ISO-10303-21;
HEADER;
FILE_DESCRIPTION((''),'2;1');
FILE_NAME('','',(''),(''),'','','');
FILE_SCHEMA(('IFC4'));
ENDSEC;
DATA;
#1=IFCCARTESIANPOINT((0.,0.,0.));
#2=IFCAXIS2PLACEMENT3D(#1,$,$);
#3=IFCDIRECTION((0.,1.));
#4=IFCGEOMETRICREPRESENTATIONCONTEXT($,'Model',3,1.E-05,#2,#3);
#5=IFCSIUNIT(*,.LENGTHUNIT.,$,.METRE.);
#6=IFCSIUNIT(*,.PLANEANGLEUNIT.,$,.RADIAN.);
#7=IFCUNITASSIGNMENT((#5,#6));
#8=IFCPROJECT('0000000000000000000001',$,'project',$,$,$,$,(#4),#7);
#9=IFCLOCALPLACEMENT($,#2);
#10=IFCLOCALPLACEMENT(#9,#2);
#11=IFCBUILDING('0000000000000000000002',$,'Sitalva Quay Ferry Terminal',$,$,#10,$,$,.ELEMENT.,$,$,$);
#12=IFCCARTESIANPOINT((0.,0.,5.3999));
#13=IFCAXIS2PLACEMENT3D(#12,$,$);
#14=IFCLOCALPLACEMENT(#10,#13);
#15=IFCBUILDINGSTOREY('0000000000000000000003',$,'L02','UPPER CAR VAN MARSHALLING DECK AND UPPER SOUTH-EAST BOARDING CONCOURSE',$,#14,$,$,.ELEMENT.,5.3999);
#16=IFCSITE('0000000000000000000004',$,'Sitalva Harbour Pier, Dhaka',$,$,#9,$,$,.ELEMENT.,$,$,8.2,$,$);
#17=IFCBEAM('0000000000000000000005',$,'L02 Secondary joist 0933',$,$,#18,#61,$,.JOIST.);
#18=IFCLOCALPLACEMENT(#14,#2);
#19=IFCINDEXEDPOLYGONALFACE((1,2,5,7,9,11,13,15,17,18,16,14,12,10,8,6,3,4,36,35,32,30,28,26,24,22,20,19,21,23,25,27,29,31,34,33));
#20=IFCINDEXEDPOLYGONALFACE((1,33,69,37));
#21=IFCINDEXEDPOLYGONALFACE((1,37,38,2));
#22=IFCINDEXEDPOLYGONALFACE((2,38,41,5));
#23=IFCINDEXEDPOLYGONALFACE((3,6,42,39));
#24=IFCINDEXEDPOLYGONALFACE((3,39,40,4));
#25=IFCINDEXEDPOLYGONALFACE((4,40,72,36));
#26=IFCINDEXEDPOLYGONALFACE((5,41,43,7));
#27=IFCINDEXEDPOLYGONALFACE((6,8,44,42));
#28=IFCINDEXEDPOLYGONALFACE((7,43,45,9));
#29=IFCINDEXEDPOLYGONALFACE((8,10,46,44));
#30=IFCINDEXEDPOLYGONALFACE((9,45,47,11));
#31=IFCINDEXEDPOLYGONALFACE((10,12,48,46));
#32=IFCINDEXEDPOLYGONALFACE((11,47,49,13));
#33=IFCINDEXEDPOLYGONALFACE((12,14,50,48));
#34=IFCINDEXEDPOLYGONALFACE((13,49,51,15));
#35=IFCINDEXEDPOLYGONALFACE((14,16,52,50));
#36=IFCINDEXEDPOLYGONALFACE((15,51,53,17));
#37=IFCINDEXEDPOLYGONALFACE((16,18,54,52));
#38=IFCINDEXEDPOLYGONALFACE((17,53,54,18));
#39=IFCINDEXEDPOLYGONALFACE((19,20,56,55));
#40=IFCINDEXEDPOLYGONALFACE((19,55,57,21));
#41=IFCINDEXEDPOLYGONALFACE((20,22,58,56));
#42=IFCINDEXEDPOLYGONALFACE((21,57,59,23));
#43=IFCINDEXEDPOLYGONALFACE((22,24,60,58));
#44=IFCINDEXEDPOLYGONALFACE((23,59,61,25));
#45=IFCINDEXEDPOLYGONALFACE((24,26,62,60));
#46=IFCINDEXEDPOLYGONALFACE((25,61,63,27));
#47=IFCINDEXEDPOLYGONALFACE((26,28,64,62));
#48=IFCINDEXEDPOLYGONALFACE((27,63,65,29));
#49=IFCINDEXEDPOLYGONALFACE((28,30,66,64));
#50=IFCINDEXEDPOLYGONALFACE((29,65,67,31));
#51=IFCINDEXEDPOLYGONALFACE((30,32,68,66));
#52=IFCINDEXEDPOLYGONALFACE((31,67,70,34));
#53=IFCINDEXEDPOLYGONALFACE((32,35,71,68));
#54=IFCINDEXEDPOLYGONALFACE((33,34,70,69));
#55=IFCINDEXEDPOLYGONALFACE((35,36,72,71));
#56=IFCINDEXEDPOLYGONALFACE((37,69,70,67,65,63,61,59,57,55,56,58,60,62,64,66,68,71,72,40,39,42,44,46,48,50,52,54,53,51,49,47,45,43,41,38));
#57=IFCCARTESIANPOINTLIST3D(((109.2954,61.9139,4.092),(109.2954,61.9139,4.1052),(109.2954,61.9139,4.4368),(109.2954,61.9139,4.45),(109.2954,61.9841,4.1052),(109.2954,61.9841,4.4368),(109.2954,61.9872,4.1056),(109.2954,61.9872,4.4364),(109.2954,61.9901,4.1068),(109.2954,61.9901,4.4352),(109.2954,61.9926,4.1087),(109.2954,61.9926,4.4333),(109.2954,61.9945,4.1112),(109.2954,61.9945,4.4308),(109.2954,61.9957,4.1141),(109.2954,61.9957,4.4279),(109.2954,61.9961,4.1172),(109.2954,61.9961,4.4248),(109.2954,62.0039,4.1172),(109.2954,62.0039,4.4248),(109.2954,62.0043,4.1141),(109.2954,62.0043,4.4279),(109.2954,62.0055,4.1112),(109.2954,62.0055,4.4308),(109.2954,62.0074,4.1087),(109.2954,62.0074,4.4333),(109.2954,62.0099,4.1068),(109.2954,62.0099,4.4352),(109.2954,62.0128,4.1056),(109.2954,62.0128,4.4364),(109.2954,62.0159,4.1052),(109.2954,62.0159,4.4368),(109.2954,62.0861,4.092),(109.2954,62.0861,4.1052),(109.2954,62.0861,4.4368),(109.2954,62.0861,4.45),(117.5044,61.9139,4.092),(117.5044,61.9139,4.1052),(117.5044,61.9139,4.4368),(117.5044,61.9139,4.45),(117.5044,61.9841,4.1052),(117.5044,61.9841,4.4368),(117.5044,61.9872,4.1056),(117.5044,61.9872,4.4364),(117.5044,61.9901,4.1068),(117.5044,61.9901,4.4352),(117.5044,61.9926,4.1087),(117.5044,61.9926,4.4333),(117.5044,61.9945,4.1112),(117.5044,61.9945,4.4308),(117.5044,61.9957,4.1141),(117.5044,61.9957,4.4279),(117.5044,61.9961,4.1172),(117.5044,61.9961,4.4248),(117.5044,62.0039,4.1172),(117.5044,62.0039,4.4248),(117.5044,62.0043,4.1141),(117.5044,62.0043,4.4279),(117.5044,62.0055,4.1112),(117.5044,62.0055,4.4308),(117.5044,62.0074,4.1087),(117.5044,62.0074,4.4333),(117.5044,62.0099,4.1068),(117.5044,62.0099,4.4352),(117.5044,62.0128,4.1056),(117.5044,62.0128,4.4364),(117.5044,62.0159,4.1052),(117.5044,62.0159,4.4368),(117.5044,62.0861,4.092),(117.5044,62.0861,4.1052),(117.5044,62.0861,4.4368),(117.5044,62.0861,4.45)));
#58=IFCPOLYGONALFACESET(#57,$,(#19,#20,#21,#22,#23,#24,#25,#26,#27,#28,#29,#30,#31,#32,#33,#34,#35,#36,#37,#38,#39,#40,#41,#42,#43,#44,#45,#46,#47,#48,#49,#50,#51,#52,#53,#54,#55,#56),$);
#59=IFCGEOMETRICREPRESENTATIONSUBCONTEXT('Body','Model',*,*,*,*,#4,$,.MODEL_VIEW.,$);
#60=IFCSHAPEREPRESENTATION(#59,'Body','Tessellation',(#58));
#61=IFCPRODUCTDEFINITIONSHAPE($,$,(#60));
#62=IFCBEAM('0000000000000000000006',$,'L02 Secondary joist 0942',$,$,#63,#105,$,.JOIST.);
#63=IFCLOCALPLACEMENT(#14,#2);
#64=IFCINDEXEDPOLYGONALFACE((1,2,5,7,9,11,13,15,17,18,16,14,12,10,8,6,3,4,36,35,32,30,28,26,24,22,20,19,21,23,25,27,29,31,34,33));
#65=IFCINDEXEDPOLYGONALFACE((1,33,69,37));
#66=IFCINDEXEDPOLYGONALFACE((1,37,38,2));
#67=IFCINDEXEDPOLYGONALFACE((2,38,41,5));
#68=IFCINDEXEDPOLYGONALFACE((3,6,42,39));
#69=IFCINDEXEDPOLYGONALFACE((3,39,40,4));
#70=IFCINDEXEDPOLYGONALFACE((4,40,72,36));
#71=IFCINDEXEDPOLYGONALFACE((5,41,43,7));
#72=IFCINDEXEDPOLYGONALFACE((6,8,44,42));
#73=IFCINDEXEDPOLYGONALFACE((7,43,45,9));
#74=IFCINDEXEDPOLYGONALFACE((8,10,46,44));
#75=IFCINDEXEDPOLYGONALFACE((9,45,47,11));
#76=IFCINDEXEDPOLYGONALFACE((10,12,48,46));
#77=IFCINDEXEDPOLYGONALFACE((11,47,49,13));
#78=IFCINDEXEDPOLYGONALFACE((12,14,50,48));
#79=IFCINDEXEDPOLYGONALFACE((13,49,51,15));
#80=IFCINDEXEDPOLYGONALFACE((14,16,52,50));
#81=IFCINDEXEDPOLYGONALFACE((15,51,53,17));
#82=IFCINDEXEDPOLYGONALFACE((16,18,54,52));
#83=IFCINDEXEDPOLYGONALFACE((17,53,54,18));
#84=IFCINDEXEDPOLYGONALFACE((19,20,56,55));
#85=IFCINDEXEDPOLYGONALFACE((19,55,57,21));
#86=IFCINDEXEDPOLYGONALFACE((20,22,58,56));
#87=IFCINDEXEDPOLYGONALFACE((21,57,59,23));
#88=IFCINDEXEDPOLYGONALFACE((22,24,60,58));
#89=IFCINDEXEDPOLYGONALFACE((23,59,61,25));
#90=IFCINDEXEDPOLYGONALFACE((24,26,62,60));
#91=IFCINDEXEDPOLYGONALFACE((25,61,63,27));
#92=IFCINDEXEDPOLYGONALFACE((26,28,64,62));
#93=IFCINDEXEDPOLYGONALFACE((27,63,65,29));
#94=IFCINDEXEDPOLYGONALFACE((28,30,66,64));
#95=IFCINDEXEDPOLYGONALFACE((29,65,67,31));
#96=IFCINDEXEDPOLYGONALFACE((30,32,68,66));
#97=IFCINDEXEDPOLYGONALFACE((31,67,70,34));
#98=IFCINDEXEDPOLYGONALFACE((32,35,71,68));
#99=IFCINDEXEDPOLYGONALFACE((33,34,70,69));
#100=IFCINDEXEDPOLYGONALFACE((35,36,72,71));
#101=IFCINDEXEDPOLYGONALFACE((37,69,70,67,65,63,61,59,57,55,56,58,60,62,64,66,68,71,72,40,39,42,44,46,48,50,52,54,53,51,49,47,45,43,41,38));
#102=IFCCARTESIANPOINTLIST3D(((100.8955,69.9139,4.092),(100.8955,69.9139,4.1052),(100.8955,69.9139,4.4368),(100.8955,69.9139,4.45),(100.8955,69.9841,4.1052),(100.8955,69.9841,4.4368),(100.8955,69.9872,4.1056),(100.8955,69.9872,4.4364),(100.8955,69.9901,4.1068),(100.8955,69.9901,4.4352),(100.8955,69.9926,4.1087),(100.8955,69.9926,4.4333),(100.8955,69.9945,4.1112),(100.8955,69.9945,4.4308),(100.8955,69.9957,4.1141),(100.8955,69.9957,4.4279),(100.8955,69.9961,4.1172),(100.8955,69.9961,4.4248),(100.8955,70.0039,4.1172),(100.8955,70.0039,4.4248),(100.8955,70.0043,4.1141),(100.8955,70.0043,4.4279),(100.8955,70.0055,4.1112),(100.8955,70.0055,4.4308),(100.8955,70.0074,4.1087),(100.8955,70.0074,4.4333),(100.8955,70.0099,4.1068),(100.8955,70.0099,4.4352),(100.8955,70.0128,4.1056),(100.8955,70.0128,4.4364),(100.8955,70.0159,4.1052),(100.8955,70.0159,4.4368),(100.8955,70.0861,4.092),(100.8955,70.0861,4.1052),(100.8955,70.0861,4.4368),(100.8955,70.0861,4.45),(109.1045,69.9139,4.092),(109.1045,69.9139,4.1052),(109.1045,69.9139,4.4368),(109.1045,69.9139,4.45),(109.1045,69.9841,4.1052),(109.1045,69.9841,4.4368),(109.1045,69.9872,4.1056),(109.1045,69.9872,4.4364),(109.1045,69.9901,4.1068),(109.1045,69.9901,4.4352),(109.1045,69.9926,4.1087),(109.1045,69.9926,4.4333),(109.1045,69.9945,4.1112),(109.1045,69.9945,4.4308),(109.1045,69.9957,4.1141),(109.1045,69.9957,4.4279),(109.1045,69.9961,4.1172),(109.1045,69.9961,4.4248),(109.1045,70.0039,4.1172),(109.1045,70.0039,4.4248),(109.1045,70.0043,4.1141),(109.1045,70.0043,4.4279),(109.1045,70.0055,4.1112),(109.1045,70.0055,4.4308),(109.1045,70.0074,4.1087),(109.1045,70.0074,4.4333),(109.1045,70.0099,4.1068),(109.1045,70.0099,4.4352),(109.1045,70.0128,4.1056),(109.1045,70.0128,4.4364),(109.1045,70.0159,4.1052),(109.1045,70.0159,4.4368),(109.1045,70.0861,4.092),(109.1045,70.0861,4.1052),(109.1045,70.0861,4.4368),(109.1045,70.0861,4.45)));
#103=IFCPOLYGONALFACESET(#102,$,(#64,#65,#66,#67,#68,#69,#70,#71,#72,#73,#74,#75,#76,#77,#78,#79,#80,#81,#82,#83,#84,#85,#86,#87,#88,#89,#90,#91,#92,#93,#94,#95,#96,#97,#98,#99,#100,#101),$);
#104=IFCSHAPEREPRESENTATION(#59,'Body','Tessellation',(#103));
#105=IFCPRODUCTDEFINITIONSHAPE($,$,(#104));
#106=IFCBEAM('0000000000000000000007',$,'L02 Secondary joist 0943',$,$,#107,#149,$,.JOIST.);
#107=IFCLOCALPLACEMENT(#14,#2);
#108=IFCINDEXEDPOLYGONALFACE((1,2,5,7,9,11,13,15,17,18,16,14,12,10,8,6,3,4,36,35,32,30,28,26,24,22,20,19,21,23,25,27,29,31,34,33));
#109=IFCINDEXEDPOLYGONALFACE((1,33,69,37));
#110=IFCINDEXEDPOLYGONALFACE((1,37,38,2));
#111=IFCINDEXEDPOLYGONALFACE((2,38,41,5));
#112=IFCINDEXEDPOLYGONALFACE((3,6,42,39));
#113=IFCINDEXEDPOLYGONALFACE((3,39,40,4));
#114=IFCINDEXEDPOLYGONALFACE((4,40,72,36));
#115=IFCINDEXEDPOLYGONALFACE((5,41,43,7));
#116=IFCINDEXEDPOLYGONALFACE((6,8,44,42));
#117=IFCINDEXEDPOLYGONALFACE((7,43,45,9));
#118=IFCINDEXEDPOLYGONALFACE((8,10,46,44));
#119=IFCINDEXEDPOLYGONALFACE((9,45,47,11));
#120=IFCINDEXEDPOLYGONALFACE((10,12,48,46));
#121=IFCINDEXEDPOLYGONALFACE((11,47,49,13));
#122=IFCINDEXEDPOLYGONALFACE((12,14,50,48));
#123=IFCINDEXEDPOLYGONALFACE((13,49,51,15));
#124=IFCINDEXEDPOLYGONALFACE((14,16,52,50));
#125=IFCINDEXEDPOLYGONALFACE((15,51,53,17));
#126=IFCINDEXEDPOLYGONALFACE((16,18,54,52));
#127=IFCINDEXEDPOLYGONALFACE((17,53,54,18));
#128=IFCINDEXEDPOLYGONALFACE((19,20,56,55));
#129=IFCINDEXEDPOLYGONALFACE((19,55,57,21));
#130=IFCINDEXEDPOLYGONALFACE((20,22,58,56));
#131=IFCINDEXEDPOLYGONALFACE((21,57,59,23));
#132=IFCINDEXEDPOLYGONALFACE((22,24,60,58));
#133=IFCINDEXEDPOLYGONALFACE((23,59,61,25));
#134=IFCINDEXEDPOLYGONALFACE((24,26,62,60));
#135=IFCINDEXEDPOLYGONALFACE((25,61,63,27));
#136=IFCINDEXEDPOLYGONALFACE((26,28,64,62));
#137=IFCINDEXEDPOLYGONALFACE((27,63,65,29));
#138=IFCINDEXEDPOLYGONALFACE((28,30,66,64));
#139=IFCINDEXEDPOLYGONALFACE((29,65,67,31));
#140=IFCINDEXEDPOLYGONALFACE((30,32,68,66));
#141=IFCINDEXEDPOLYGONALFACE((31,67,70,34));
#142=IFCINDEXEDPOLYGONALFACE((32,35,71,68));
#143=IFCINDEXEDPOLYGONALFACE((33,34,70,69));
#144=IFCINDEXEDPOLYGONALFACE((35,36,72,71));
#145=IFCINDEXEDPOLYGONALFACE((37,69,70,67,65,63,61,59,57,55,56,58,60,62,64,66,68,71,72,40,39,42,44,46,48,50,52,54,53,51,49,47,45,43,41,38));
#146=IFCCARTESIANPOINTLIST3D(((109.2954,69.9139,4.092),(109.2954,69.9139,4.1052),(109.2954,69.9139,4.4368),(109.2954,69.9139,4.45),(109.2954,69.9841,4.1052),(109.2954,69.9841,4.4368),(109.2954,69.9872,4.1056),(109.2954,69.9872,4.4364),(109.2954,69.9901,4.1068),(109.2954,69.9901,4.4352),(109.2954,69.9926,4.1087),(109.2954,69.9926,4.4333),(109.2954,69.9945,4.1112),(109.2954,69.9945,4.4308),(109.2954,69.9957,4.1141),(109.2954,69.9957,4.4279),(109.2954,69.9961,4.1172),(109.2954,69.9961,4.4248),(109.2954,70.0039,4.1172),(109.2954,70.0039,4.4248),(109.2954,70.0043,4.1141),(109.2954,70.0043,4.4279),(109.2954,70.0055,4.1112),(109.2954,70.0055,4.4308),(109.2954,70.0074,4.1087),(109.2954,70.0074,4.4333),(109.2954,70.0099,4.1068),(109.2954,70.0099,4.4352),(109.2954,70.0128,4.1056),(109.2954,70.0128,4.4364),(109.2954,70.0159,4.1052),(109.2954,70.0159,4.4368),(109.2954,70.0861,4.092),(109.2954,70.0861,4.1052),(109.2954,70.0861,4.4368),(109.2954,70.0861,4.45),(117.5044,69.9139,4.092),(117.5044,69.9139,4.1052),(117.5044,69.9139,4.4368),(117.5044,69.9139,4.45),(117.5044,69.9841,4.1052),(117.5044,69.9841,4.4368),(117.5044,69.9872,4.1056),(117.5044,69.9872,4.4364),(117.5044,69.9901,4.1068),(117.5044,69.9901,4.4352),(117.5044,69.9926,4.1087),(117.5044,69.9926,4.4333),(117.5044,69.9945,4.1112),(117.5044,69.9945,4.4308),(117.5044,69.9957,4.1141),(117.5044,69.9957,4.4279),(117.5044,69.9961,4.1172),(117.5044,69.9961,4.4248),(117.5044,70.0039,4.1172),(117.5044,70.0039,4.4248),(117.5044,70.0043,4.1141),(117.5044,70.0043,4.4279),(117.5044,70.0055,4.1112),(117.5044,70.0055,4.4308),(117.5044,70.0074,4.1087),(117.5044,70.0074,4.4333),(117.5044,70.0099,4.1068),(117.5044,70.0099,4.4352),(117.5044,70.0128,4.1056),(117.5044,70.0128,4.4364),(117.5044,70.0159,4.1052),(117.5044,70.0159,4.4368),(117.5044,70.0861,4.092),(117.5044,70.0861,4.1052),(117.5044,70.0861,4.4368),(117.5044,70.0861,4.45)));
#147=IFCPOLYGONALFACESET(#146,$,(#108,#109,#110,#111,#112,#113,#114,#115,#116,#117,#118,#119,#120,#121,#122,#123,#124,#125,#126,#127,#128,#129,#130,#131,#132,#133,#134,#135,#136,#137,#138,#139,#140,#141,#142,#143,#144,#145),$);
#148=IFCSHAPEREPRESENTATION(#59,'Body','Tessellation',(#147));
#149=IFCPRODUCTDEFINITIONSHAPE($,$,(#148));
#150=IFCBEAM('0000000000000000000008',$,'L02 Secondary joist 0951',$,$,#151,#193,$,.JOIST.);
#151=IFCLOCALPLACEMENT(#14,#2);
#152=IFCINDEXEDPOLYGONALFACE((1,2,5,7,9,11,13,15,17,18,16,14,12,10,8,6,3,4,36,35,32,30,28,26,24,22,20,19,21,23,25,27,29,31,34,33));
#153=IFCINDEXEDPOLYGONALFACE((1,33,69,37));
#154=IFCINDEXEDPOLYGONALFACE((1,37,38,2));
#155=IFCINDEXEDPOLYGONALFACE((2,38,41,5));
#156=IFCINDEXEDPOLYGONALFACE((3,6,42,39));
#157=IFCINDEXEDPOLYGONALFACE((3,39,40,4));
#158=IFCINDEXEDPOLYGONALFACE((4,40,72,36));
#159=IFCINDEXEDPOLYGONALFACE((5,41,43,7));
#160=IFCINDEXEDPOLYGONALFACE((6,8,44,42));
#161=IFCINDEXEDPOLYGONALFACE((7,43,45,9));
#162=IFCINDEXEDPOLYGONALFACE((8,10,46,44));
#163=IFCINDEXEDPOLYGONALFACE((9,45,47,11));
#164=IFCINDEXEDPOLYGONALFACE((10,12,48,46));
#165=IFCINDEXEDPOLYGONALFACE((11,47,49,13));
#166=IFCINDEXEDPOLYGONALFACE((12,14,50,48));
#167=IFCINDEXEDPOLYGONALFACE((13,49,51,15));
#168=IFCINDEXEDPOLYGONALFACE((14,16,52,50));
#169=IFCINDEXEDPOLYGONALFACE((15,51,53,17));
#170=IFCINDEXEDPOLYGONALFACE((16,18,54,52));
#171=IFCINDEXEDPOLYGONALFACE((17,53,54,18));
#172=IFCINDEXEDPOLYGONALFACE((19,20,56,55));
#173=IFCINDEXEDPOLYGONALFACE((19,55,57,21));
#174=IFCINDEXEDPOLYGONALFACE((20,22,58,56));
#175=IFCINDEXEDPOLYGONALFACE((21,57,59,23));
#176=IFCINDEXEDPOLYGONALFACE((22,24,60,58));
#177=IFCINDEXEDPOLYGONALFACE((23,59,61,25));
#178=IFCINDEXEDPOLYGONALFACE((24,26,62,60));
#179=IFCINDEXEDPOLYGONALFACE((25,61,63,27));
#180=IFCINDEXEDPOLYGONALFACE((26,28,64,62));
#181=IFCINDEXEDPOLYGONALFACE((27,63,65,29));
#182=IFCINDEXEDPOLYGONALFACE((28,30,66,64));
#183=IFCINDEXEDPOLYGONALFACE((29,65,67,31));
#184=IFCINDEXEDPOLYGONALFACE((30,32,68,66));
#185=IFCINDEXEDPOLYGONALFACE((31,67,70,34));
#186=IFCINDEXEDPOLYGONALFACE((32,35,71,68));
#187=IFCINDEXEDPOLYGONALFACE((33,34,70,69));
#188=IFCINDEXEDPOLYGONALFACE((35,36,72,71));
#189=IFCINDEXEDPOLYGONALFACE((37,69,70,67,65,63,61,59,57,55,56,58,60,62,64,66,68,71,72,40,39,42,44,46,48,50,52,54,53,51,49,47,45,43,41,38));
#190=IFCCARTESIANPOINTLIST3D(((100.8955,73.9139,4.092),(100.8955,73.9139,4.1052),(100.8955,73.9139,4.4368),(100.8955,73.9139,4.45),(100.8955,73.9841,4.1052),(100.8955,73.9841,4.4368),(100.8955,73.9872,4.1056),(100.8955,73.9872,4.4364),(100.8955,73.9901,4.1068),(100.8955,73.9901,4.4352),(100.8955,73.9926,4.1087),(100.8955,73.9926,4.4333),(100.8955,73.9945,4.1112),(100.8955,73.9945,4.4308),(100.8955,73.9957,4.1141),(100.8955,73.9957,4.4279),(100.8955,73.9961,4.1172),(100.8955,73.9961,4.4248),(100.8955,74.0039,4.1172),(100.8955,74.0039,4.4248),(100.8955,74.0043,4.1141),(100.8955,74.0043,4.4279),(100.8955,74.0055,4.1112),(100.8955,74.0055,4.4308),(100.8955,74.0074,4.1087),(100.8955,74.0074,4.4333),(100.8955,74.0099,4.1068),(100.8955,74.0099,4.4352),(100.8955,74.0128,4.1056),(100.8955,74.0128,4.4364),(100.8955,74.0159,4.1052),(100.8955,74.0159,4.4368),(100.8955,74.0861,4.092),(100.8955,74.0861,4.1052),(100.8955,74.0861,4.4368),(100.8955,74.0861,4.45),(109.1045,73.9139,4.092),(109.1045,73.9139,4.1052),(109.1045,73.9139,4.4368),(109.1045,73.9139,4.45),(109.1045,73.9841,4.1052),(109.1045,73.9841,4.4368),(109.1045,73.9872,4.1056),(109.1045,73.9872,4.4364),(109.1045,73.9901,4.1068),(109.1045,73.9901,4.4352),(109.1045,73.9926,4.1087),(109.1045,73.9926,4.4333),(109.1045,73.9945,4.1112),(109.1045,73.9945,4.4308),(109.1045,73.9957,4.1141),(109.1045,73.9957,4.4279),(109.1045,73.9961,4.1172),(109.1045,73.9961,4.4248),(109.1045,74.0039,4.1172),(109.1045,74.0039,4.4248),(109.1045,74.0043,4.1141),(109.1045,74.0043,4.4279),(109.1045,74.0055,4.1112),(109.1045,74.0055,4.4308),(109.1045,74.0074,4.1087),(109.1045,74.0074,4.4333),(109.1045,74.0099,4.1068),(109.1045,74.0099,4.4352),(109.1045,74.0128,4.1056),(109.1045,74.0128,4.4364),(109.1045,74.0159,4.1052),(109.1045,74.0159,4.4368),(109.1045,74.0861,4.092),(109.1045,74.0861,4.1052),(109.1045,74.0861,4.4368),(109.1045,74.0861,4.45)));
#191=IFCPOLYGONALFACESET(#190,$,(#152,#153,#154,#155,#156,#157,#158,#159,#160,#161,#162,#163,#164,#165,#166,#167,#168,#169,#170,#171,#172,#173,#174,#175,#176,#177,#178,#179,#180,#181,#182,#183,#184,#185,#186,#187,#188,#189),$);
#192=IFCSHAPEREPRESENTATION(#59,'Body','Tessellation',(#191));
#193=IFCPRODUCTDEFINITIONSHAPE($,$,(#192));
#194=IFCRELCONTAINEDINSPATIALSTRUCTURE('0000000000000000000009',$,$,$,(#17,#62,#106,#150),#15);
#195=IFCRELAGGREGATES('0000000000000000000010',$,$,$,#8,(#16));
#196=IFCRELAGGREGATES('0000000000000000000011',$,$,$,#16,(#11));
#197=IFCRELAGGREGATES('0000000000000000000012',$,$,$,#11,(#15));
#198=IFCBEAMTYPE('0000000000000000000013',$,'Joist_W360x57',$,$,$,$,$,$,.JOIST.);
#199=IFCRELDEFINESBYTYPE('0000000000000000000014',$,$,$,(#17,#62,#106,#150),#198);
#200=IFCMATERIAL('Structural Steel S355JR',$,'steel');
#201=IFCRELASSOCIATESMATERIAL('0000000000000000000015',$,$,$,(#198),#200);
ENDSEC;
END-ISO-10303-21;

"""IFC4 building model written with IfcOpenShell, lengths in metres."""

from ifc_helpers import new_model, si_unit, direction, frame, origin, origin_2d, place, context, subcontext, project, spatial, i_section, extrude, material, material_profile, profile_set, type_object, element, save


model = new_model("IFC4")

# Units and contexts
model_context = context("Model", 3, precision=1e-05, world=origin(), true_north=direction((0.0, 1.0)))
body_context = subcontext(model_context, "Body", "Model", "MODEL_VIEW")
ifc_project = project(units=[si_unit("LENGTHUNIT", "METRE"), si_unit("PLANEANGLEUNIT", "RADIAN")], contexts=[model_context])

# Site, building, storey
site_placement = place(None, origin())
site = spatial("IfcSite", under=ifc_project, at=site_placement, Name="Sitalva Harbour Pier, Dhaka", CompositionType="ELEMENT", RefElevation=8.2)
building_placement = place(site_placement, origin())
building = spatial("IfcBuilding", under=site, at=building_placement, Name="Sitalva Quay Ferry Terminal", CompositionType="ELEMENT")
storey_placement = place(building_placement, frame((0.0, 0.0, 5.3999)))
storey = spatial("IfcBuildingStorey", under=building, at=storey_placement, Name="L02", Description="UPPER CAR VAN MARSHALLING DECK AND UPPER SOUTH-EAST BOARDING CONCOURSE", CompositionType="ELEMENT", Elevation=5.3999)

# Beams
ifc_material_1 = material(Name="Structural Steel S355JR", Category="steel")
ifc_material_profile_1 = material_profile(ifc_material_1, i_section(OverallWidth=0.1721, OverallDepth=0.3579, WebThickness=0.0078, FlangeThickness=0.0132, FilletRadius=0.012, at=origin_2d()), Name="W360x57")
ifc_profile_set_1 = profile_set([ifc_material_profile_1], Name="Structural Steel S355JR")
beam_type_1 = type_object("IfcBeamType", Name="Joist_W360x57", PredefinedType="JOIST", material=ifc_profile_set_1)
for number, where, z_axis, x_axis, name in (
    (1, (109.2954, 62.0, 4.271), (1.0, 0.0, 0.0), (0.0, 1.0, 0.0), "L02 Secondary joist 0933"),
    (2, (100.8955, 70.0, 4.271), (1.0, 0.0, 0.0), (0.0, 1.0, 0.0), "L02 Secondary joist 0942"),
    (3, (109.2954, 70.0, 4.271), (1.0, 0.0, 0.0), (0.0, 1.0, 0.0), "L02 Secondary joist 0943"),
    (4, (100.8955, 74.0, 4.271), (1.0, 0.0, 0.0), (0.0, 1.0, 0.0), "L02 Secondary joist 0951"),
):
    element("IfcBeam", number, at=place(storey_placement, frame(where, z_axis=z_axis, x_axis=x_axis)), inside=storey, type_object=beam_type_1, Name=name, PredefinedType="JOIST", context=body_context, shape_type="SweptSolid", body=[
        extrude(i_section(OverallWidth=0.1721, OverallDepth=0.3579, WebThickness=0.0078, FlangeThickness=0.0132, FilletRadius=0.012, at=origin_2d()), origin(), (0.0, 0.0, 1.0), 8.209),
    ])

save(model, "model.ifc")
